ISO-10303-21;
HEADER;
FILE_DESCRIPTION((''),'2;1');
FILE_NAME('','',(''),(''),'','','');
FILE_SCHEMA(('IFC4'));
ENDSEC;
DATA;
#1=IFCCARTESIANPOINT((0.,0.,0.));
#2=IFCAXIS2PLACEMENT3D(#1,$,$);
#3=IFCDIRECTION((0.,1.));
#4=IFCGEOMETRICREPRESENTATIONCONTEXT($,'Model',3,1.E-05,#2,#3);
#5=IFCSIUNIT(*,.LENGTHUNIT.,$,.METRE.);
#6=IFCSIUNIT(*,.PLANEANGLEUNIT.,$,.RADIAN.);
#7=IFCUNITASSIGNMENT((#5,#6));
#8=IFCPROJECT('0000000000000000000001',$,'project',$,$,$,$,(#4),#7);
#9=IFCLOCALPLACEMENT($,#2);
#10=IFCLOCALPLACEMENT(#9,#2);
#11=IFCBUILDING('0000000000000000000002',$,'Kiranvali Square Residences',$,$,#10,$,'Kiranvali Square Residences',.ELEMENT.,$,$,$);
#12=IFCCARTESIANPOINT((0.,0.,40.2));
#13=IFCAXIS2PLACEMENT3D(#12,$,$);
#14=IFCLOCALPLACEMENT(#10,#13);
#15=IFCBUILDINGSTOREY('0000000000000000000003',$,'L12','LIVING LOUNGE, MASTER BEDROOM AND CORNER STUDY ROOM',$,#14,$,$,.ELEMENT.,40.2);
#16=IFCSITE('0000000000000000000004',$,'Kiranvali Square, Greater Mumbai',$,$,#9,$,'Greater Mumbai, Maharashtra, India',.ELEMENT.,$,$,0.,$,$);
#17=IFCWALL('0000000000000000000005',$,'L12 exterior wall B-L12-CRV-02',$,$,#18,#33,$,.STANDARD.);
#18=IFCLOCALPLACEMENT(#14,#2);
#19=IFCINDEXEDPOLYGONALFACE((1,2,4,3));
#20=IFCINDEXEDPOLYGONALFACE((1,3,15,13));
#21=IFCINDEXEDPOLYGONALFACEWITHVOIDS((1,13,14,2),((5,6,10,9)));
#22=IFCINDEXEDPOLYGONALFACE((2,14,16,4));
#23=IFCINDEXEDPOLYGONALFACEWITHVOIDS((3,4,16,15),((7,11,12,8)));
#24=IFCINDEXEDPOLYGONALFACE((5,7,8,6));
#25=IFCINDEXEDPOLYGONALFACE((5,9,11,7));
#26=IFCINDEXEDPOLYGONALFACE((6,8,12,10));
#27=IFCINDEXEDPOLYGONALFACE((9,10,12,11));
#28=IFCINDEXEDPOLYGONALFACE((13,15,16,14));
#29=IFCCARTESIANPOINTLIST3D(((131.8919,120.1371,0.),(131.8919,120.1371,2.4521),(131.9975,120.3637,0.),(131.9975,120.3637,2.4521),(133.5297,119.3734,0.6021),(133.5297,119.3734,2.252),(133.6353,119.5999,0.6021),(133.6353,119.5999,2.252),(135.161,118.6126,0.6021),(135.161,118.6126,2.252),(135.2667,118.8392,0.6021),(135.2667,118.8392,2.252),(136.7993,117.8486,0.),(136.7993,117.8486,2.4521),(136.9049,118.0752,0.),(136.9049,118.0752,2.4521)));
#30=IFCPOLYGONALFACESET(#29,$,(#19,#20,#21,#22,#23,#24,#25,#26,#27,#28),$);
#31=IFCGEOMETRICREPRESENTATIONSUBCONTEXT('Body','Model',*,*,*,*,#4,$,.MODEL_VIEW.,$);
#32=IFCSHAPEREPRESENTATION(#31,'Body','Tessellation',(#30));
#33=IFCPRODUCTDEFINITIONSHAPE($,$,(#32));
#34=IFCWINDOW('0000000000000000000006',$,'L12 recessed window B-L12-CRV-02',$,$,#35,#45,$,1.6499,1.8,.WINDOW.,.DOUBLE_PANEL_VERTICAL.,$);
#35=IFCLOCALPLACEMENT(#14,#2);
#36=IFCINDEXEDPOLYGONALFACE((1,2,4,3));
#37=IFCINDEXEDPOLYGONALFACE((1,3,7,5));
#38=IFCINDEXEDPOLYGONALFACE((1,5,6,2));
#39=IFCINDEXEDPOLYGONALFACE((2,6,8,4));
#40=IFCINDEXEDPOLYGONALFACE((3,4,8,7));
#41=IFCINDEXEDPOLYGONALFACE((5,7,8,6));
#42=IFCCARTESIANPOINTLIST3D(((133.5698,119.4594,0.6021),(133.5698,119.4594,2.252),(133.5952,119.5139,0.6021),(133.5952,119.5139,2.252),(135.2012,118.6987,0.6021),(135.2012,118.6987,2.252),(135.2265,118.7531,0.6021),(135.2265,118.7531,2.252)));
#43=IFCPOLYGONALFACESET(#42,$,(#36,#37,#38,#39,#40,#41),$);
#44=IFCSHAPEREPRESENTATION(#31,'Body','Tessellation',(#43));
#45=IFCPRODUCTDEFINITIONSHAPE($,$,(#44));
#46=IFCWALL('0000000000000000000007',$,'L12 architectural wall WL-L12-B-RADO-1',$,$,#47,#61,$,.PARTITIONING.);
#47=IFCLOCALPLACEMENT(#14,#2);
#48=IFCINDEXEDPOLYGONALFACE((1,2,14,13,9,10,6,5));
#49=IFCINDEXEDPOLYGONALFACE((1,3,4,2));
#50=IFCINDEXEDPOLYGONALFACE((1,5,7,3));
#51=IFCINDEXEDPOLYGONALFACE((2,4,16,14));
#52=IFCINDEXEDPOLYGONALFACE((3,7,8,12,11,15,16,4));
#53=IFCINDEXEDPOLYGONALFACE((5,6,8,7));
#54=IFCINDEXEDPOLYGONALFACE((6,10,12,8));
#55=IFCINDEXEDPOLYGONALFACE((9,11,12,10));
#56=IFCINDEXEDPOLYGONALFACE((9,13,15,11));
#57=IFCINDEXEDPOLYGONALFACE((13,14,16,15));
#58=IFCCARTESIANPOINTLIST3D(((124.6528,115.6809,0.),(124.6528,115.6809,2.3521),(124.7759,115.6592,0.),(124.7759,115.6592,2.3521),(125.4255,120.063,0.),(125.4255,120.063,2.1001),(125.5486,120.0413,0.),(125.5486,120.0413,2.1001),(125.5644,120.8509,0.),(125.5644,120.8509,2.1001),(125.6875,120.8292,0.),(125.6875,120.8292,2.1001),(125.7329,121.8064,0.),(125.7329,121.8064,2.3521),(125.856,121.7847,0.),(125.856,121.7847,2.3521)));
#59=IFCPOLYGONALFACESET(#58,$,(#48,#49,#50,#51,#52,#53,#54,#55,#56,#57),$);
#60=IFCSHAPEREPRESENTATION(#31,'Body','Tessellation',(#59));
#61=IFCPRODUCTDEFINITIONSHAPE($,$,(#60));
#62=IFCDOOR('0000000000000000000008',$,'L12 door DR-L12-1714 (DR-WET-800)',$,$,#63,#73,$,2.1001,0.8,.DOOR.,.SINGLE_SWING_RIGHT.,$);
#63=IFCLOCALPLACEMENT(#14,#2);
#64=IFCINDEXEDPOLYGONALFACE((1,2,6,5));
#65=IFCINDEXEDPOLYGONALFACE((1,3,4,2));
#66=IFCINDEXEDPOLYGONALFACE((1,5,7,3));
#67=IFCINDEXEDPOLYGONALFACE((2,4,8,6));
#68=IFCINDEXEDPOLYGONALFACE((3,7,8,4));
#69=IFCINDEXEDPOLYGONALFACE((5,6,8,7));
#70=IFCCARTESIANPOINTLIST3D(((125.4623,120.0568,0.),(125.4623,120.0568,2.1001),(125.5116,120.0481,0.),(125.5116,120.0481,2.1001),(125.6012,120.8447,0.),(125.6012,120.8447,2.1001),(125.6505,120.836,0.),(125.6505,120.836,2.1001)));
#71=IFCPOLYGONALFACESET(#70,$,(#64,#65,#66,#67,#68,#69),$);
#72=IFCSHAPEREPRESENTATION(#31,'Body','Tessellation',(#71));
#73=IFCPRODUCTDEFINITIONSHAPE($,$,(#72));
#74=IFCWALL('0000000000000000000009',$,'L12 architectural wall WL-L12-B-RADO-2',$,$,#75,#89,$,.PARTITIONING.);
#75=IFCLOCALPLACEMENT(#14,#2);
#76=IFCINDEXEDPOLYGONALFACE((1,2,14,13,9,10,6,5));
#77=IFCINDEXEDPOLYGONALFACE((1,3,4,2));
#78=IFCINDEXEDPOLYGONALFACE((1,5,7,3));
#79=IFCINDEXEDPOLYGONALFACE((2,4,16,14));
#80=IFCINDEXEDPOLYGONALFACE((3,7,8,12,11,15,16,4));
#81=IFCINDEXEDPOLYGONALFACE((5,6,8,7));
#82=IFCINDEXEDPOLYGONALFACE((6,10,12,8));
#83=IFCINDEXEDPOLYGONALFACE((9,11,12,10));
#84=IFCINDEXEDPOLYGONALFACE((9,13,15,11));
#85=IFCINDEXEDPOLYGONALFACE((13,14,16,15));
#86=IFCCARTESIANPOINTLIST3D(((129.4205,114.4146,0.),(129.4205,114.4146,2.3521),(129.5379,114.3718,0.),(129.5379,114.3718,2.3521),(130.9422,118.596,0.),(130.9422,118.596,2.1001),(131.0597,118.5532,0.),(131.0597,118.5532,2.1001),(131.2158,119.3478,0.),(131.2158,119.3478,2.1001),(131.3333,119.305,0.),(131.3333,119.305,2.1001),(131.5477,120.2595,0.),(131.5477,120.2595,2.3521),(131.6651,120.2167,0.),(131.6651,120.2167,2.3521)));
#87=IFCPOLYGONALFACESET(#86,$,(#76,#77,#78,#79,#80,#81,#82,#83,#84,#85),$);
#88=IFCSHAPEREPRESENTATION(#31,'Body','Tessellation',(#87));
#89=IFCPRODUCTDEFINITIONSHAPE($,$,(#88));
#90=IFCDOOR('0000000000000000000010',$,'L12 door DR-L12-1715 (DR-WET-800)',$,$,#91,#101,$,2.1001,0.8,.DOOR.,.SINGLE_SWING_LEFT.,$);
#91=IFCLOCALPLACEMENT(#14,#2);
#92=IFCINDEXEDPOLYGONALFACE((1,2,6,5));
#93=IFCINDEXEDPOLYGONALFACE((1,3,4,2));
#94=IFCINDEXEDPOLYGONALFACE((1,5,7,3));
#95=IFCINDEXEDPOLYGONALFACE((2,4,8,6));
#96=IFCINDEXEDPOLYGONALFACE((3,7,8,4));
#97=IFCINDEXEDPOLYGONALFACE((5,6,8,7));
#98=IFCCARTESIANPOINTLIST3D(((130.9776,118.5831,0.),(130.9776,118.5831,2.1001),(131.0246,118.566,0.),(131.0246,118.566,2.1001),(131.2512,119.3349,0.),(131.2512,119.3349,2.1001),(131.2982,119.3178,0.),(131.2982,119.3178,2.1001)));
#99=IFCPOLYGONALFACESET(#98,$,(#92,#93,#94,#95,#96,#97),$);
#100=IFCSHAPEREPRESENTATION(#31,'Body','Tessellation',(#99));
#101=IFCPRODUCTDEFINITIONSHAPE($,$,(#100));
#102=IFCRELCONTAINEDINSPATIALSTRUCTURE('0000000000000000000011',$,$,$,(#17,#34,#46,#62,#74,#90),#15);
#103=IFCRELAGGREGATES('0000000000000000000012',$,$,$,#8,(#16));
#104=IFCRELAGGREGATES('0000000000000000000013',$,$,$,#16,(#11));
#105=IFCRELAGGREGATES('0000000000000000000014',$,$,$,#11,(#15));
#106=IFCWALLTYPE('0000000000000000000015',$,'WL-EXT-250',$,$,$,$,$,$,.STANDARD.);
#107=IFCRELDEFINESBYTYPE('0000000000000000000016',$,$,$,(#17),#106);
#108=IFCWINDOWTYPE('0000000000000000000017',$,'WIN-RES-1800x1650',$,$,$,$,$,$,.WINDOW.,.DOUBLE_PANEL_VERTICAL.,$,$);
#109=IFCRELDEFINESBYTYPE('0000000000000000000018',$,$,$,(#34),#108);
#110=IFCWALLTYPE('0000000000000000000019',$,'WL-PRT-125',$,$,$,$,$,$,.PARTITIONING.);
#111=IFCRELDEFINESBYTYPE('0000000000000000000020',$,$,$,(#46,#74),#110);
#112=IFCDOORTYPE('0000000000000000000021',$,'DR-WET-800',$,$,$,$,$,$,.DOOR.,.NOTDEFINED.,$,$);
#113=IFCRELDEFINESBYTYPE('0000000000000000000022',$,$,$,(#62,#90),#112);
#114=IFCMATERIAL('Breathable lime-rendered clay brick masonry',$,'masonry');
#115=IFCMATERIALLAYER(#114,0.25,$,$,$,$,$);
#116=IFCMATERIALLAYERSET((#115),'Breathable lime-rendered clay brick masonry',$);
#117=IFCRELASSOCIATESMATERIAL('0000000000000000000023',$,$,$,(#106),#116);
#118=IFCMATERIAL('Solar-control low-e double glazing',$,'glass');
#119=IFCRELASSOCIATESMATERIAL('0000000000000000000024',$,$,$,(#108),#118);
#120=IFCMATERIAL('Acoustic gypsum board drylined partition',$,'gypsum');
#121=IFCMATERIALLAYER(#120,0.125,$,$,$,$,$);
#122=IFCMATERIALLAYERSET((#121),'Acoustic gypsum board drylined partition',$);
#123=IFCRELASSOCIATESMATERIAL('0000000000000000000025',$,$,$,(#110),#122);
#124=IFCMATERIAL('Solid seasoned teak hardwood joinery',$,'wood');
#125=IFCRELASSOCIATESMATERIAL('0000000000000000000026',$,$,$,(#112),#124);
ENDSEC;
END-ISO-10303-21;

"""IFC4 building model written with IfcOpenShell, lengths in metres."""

from ifc_helpers import new_model, si_unit, direction, frame, frame_2d, origin, place, context, subcontext, project, spatial, rectangle, extrude, material, layer, layer_set, type_object, element, fill, save


model = new_model("IFC4")

# Units and contexts
model_context = context("Model", 3, precision=1e-05, world=origin(), true_north=direction((0.0, 1.0)))
body_context = subcontext(model_context, "Body", "Model", "MODEL_VIEW")
ifc_project = project(units=[si_unit("LENGTHUNIT", "METRE"), si_unit("PLANEANGLEUNIT", "RADIAN")], contexts=[model_context])

# Site, building, storey
site_placement = place(None, origin())
site = spatial("IfcSite", under=ifc_project, at=site_placement, Name="Kiranvali Square, Greater Mumbai", LongName="Greater Mumbai, Maharashtra, India", CompositionType="ELEMENT", RefElevation=0.0)
building_placement = place(site_placement, origin())
building = spatial("IfcBuilding", under=site, at=building_placement, Name="Kiranvali Square Residences", LongName="Kiranvali Square Residences", CompositionType="ELEMENT")
storey_placement = place(building_placement, frame((0.0, 0.0, 40.2)))
storey = spatial("IfcBuildingStorey", under=building, at=storey_placement, Name="L12", Description="LIVING LOUNGE, MASTER BEDROOM AND CORNER STUDY ROOM", CompositionType="ELEMENT", Elevation=40.2)

# Shared definitions
ifc_material_1 = material(Name="Breathable lime-rendered clay brick masonry", Category="masonry")
ifc_layer_1 = layer(ifc_material_1, 0.25)
ifc_layer_set_1 = layer_set([ifc_layer_1], Name="Breathable lime-rendered clay brick masonry")
wall_type_1 = type_object("IfcWallType", Name="WL-EXT-250", PredefinedType="STANDARD", material=ifc_layer_set_1)
ifc_material_2 = material(Name="Solar-control low-e double glazing", Category="glass")

# Wall, opening, window
wall_1_placement = place(storey_placement, frame((131.9446, 120.2505, 0.0), z_axis=(0.0, 0.0, 1.0), x_axis=(0.906295, -0.422646, 0.0)))
wall_1 = element("IfcWall", 1, at=wall_1_placement, inside=storey, type_object=wall_type_1, Name="L12 exterior wall B-L12-CRV-02", PredefinedType="STANDARD", context=body_context, shape_type="SweptSolid", body=[
    extrude(rectangle(XDim=5.4148, YDim=0.25, at=frame_2d((2.7075, 0.0))), origin(), (0.0, 0.0, 1.0), 2.4521),
])
opening_1_placement = place(wall_1_placement, frame((1.8074, 0.0, 0.6021)))
opening_1 = element("IfcOpeningElement", 2, at=opening_1_placement, cuts=wall_1, PredefinedType="OPENING", context=body_context, shape_type="SweptSolid", body=[
    extrude(rectangle(XDim=1.8, YDim=1.6499, at=frame_2d((0.8999, 0.825))), frame((0.0, 0.135, 0.0), z_axis=(0.0, -1.0, 0.0), x_axis=(1.0, 0.0, 0.0)), (0.0, 0.0, 1.0), 0.27),
])
window_type_1 = type_object("IfcWindowType", Name="WIN-RES-1800x1650", PartitioningType="DOUBLE_PANEL_VERTICAL", PredefinedType="WINDOW", material=ifc_material_2)
window_1_placement = place(opening_1_placement, origin())
window_1 = element("IfcWindow", 3, at=window_1_placement, inside=storey, type_object=window_type_1, Name="L12 recessed window B-L12-CRV-02", OverallHeight=1.6499, OverallWidth=1.8, PartitioningType="DOUBLE_PANEL_VERTICAL", PredefinedType="WINDOW", context=body_context, shape_type="SweptSolid", body=[
    extrude(rectangle(XDim=1.8, YDim=1.6499, at=frame_2d((0.8999, 0.825))), frame((0.0, 0.03, 0.0), z_axis=(0.0, -1.0, 0.0), x_axis=(1.0, 0.0, 0.0)), (0.0, 0.0, 1.0), 0.0601),
])
fill(opening_1, window_1)

# Walls, openings, doors
ifc_material_3 = material(Name="Acoustic gypsum board drylined partition", Category="gypsum")
ifc_layer_2 = layer(ifc_material_3, 0.125)
ifc_layer_set_2 = layer_set([ifc_layer_2], Name="Acoustic gypsum board drylined partition")
wall_type_2 = type_object("IfcWallType", Name="WL-PRT-125", PredefinedType="PARTITIONING", material=ifc_layer_set_2)
wall_2_placement = place(storey_placement, frame((124.7144, 115.6702, 0.0), z_axis=(0.0, 0.0, 1.0), x_axis=(0.173647, 0.984808, 0.0)))
wall_2 = element("IfcWall", 4, at=wall_2_placement, inside=storey, type_object=wall_type_2, Name="L12 architectural wall WL-L12-B-RADO-1", PredefinedType="PARTITIONING", context=body_context, shape_type="SweptSolid", body=[
    extrude(rectangle(XDim=6.22, YDim=0.125, at=frame_2d((3.1099, 0.0))), origin(), (0.0, 0.0, 1.0), 2.3521),
])
opening_2_placement = place(wall_2_placement, frame((4.4497, 0.0, 0.0)))
opening_2 = element("IfcOpeningElement", 5, at=opening_2_placement, cuts=wall_2, PredefinedType="OPENING", context=body_context, shape_type="SweptSolid", body=[
    extrude(rectangle(XDim=0.8, YDim=2.1001, at=frame_2d((0.3999, 1.05))), frame((0.0, 0.0725, 0.0), z_axis=(0.0, -1.0, 0.0), x_axis=(1.0, 0.0, 0.0)), (0.0, 0.0, 1.0), 0.145),
])
ifc_material_4 = material(Name="Solid seasoned teak hardwood joinery", Category="wood")
door_type_1 = type_object("IfcDoorType", Name="DR-WET-800", OperationType="NOTDEFINED", PredefinedType="DOOR", material=ifc_material_4)
door_1_placement = place(opening_2_placement, frame((0.8, 0.0, 0.0), z_axis=(0.0, 0.0, 1.0), x_axis=(-1.0, 0.0, 0.0)))
door_1 = element("IfcDoor", 6, at=door_1_placement, inside=storey, type_object=door_type_1, Name="L12 door DR-L12-1714 (DR-WET-800)", OperationType="SINGLE_SWING_RIGHT", OverallHeight=2.1001, OverallWidth=0.8, PredefinedType="DOOR", context=body_context, shape_type="SweptSolid", body=[
    extrude(rectangle(XDim=0.8, YDim=2.1001, at=frame_2d((0.3999, 1.05))), frame((0.0, 0.0249, 0.0), z_axis=(0.0, -1.0, 0.0), x_axis=(1.0, 0.0, 0.0)), (0.0, 0.0, 1.0), 0.05),
])
fill(opening_2, door_1)
wall_3_placement = place(storey_placement, frame((129.4792, 114.3933, 0.0), z_axis=(0.0, 0.0, 1.0), x_axis=(0.341992, 0.939703, 0.0)))
wall_3 = element("IfcWall", 7, at=wall_3_placement, inside=storey, type_object=wall_type_2, Name="L12 architectural wall WL-L12-B-RADO-2", PredefinedType="PARTITIONING", context=body_context, shape_type="SweptSolid", body=[
    extrude(rectangle(XDim=6.22, YDim=0.125, at=frame_2d((3.1099, 0.0))), origin(), (0.0, 0.0, 1.0), 2.3521),
])
opening_3_placement = place(wall_3_placement, frame((4.4497, 0.0, 0.0)))
opening_3 = element("IfcOpeningElement", 8, at=opening_3_placement, cuts=wall_3, PredefinedType="OPENING", context=body_context, shape_type="SweptSolid", body=[
    extrude(rectangle(XDim=0.8, YDim=2.1001, at=frame_2d((0.3999, 1.05))), frame((0.0, 0.0725, 0.0), z_axis=(0.0, -1.0, 0.0), x_axis=(1.0, 0.0, 0.0)), (0.0, 0.0, 1.0), 0.145),
])
door_2_placement = place(opening_3_placement, origin())
door_2 = element("IfcDoor", 9, at=door_2_placement, inside=storey, type_object=door_type_1, Name="L12 door DR-L12-1715 (DR-WET-800)", OperationType="SINGLE_SWING_LEFT", OverallHeight=2.1001, OverallWidth=0.8, PredefinedType="DOOR", context=body_context, shape_type="SweptSolid", body=[
    extrude(rectangle(XDim=0.8, YDim=2.1001, at=frame_2d((0.3999, 1.05))), frame((0.0, 0.0249, 0.0), z_axis=(0.0, -1.0, 0.0), x_axis=(1.0, 0.0, 0.0)), (0.0, 0.0, 1.0), 0.05),
])
fill(opening_3, door_2)

save(model, "model.ifc")
